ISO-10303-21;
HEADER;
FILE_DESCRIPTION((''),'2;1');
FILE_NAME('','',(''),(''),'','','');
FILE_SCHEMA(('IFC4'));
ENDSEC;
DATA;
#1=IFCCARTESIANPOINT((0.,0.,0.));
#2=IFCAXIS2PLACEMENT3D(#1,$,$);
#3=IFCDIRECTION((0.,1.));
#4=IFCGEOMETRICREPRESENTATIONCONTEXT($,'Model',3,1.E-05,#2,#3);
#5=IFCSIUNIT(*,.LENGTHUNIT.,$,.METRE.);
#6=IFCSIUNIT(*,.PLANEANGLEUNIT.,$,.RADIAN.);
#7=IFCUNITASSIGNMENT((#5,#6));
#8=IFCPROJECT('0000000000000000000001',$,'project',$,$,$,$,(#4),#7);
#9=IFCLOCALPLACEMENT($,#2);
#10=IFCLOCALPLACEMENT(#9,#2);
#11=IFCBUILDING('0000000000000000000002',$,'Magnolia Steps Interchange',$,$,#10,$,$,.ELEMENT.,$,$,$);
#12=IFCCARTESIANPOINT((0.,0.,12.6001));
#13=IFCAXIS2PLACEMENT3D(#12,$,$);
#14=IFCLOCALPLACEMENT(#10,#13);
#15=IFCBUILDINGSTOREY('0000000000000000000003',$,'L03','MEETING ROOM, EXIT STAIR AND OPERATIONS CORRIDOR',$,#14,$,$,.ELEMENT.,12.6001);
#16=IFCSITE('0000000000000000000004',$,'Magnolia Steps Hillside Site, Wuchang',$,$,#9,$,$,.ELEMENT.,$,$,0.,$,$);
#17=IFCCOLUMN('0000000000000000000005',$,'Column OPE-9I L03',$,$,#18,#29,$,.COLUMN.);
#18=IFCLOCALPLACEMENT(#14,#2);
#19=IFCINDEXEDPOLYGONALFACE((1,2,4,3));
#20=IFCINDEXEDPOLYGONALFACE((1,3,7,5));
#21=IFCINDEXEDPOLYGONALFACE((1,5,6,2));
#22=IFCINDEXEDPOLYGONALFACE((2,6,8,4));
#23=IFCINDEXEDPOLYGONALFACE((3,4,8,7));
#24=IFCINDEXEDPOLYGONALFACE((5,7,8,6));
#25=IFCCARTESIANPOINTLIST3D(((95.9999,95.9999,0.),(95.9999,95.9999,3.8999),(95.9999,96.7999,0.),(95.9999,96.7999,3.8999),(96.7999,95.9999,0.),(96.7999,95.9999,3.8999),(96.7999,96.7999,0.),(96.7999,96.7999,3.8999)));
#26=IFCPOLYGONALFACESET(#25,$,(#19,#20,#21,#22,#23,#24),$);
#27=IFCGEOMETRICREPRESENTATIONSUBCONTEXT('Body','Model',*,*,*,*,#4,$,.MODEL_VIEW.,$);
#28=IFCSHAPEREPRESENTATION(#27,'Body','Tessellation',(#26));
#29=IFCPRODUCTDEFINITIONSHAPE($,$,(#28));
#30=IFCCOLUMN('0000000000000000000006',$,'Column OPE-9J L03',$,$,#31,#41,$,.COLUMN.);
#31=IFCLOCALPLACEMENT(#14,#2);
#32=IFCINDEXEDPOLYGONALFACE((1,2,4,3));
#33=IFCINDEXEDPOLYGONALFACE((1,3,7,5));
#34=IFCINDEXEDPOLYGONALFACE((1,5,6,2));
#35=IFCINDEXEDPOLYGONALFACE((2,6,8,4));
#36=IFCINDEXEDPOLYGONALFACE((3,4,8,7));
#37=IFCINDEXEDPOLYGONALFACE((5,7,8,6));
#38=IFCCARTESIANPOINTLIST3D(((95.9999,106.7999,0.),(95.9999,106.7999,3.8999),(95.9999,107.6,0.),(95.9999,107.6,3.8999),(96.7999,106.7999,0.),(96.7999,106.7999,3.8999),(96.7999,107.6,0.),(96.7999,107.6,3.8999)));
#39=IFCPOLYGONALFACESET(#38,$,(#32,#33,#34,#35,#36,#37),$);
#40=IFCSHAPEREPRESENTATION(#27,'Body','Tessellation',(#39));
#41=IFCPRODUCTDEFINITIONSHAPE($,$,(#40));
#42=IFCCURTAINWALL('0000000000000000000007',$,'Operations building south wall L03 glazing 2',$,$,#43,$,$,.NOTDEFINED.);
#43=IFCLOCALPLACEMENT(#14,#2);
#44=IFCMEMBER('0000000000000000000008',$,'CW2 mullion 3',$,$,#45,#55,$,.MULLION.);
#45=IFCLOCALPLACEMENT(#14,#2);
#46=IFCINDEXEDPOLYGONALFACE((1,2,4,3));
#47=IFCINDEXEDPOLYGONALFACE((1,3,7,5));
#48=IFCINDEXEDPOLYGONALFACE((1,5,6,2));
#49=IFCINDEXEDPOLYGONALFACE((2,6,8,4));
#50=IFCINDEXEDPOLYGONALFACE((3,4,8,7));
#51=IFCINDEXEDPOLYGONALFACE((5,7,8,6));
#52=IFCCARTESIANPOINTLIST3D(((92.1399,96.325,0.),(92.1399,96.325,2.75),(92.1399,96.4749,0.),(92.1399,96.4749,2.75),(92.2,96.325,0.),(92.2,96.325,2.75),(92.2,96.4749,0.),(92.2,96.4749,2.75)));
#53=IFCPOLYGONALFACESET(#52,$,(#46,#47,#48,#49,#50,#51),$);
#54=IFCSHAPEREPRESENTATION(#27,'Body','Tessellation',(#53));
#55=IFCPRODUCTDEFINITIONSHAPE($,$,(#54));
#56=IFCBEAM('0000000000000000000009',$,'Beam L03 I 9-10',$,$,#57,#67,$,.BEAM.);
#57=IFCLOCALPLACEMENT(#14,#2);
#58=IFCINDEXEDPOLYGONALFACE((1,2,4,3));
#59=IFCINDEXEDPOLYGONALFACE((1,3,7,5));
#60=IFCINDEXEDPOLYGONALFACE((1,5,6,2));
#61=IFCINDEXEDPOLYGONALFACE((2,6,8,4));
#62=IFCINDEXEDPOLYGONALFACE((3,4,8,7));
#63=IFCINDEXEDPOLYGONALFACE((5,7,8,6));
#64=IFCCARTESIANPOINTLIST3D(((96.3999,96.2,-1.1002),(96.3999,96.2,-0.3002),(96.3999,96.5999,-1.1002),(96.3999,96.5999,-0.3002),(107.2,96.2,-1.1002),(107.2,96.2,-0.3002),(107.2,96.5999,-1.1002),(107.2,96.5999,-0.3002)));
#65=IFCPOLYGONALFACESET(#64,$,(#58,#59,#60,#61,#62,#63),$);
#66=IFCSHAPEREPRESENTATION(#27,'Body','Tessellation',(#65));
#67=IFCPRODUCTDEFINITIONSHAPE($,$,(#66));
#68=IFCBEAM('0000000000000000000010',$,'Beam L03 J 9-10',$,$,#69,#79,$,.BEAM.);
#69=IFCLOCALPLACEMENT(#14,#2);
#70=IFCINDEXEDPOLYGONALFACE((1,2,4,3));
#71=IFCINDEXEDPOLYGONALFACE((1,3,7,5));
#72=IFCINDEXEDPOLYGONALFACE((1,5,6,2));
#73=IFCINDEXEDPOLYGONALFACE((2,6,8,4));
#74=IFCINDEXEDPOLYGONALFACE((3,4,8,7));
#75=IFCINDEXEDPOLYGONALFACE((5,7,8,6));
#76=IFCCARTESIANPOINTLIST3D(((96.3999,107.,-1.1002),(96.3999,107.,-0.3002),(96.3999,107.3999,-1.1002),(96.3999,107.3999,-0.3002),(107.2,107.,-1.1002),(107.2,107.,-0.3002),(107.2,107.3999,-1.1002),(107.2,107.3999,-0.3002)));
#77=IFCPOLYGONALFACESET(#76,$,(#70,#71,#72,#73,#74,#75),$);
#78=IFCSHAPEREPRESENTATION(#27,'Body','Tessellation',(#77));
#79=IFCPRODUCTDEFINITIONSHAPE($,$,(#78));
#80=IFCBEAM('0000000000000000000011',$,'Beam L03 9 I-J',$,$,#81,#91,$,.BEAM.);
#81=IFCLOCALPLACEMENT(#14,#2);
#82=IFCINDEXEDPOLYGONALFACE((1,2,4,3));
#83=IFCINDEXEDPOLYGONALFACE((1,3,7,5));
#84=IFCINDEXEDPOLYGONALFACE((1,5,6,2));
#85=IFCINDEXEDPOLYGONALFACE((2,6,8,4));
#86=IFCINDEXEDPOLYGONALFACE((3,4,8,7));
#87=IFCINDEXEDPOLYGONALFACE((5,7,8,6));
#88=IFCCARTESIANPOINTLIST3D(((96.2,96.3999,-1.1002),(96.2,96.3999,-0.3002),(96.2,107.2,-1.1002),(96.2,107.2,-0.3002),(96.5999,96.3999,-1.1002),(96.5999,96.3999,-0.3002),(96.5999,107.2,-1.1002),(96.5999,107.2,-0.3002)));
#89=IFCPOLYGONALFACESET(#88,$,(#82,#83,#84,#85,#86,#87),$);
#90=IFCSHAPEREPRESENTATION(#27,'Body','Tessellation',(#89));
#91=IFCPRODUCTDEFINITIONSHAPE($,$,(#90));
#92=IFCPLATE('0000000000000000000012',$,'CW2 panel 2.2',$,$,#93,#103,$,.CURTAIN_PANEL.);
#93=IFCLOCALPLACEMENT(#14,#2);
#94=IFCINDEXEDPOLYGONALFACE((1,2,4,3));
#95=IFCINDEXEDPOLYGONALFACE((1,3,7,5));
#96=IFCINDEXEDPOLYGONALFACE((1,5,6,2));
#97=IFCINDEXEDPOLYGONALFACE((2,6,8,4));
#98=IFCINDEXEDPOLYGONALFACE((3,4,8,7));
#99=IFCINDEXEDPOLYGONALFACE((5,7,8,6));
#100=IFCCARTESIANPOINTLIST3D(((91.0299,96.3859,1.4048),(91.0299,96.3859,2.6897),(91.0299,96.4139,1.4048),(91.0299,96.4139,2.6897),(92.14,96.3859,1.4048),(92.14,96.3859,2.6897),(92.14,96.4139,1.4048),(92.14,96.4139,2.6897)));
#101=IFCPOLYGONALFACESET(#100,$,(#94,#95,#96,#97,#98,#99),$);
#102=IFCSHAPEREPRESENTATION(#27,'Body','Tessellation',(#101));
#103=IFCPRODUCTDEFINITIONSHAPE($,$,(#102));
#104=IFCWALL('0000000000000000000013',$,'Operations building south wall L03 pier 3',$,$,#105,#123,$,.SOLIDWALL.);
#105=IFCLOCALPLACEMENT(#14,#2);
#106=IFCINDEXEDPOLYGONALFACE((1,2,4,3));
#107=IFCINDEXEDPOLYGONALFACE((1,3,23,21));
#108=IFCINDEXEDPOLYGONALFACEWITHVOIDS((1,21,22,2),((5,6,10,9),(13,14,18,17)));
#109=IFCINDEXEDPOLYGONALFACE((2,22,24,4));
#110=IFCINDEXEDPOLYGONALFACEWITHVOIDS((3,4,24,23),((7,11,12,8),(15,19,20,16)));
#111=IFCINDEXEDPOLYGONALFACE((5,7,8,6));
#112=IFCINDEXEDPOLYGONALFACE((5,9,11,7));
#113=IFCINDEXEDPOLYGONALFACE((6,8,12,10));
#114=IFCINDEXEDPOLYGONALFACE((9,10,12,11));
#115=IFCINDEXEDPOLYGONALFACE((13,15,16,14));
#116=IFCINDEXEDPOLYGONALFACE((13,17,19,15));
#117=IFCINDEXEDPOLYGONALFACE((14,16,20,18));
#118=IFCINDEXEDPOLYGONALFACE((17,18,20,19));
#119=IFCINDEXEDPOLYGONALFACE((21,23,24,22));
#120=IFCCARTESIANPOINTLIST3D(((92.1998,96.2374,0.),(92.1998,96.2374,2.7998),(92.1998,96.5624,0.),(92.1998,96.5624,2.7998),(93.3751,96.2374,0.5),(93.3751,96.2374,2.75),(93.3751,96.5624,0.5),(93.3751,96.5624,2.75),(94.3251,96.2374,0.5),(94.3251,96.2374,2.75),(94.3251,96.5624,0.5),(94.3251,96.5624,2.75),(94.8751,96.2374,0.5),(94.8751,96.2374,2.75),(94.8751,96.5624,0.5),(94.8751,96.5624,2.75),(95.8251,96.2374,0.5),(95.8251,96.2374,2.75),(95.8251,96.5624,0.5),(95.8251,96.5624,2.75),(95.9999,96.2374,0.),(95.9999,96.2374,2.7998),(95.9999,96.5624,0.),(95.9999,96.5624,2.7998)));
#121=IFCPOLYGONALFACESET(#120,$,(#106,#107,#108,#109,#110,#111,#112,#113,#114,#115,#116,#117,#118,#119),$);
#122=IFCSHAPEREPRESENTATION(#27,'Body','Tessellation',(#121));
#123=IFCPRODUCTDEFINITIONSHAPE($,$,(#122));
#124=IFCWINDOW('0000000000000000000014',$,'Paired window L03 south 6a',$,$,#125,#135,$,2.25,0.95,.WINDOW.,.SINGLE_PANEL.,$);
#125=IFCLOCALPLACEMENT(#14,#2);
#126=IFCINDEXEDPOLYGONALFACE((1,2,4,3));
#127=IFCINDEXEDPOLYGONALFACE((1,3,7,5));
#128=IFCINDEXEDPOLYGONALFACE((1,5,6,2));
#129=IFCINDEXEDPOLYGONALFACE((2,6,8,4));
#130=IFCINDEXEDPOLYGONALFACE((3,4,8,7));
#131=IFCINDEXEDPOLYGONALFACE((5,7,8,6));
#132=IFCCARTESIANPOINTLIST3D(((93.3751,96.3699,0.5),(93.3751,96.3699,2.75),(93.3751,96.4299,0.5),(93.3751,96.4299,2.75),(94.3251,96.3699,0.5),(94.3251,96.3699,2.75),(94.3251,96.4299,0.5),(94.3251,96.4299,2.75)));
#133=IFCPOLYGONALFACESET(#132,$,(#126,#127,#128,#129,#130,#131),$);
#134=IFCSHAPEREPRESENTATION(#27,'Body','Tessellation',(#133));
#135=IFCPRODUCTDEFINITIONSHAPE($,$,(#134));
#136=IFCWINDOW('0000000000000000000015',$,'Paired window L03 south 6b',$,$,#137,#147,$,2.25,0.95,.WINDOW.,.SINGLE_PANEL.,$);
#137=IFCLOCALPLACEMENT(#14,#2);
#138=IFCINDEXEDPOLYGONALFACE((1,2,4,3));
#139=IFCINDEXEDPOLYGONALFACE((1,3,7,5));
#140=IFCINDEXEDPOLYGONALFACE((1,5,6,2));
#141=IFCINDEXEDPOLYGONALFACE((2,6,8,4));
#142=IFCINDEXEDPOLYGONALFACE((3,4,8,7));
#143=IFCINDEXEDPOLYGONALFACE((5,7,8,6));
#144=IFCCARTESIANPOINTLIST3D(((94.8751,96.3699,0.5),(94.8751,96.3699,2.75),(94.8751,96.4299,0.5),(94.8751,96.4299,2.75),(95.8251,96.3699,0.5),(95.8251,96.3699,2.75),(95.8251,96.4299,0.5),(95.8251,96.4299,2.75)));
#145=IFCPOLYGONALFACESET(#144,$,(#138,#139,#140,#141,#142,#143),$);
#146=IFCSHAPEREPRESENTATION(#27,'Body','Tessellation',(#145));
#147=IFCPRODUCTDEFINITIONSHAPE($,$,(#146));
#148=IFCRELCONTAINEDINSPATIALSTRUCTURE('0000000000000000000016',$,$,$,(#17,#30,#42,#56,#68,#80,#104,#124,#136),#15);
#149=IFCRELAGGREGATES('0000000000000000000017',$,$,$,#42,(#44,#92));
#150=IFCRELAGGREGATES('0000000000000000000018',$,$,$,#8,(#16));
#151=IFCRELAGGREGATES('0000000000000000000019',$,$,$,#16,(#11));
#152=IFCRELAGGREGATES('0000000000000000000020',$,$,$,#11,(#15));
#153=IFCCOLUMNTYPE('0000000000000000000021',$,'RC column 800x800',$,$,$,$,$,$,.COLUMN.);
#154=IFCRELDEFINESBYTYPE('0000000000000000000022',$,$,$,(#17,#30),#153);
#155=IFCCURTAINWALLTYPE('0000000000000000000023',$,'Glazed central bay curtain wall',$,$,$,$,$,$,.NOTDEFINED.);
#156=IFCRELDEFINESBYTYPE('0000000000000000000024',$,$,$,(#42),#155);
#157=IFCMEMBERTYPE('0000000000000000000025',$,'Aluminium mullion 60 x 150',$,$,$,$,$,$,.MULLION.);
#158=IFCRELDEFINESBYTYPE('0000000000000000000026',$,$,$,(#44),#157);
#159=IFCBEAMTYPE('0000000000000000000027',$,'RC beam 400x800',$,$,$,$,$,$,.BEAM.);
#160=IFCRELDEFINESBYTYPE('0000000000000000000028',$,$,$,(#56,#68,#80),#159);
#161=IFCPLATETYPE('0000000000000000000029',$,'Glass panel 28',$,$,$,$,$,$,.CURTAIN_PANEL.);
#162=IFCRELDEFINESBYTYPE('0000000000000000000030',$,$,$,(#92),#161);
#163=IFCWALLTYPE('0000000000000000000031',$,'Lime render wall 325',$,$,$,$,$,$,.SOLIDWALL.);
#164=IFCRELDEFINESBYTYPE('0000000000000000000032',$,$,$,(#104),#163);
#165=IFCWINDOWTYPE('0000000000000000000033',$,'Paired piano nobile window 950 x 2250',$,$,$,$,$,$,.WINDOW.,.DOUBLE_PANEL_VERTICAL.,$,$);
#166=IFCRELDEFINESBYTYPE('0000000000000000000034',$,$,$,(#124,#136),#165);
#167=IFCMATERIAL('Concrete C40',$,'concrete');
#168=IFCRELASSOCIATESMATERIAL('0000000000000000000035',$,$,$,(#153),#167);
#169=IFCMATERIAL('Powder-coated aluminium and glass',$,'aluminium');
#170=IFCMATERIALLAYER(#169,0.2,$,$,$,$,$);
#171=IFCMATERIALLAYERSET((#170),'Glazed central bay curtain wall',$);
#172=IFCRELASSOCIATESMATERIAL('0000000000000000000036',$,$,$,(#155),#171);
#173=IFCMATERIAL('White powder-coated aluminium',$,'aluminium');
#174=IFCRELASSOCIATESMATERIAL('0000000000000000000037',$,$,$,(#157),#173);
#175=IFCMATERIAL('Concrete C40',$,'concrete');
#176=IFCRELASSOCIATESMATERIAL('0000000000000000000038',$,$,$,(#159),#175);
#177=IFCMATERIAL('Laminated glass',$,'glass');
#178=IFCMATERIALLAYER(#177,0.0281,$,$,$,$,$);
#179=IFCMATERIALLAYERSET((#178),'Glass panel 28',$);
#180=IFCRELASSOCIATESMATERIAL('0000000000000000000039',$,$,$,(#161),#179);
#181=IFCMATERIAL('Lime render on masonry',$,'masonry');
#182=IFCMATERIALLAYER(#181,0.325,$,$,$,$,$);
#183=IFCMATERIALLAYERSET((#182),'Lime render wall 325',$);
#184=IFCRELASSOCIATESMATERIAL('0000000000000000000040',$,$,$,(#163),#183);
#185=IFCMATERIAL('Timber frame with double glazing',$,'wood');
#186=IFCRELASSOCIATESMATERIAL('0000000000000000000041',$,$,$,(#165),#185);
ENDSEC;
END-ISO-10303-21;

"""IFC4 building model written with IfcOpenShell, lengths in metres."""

from ifc_helpers import new_model, si_unit, direction, frame, frame_2d, origin, origin_2d, place, context, subcontext, project, spatial, rectangle, extrude, material, layer, layer_set, material_profile, profile_set, type_object, element, fill, aggregate, save


model = new_model("IFC4")

# Units and contexts
model_context = context("Model", 3, precision=1e-05, world=origin(), true_north=direction((0.0, 1.0)))
body_context = subcontext(model_context, "Body", "Model", "MODEL_VIEW")
ifc_project = project(units=[si_unit("LENGTHUNIT", "METRE"), si_unit("PLANEANGLEUNIT", "RADIAN")], contexts=[model_context])

# Site, building, storey
site_placement = place(None, origin())
site = spatial("IfcSite", under=ifc_project, at=site_placement, Name="Magnolia Steps Hillside Site, Wuchang", CompositionType="ELEMENT", RefElevation=0.0)
building_placement = place(site_placement, origin())
building = spatial("IfcBuilding", under=site, at=building_placement, Name="Magnolia Steps Interchange", CompositionType="ELEMENT")
storey_placement = place(building_placement, frame((0.0, 0.0, 12.6001)))
storey = spatial("IfcBuildingStorey", under=building, at=storey_placement, Name="L03", Description="MEETING ROOM, EXIT STAIR AND OPERATIONS CORRIDOR", CompositionType="ELEMENT", Elevation=12.6001)

# Columns
ifc_material_1 = material(Name="Concrete C40", Category="concrete")
ifc_material_profile_1 = material_profile(ifc_material_1, rectangle(XDim=0.8, YDim=0.8, at=origin_2d()), Name="RC800x800")
ifc_profile_set_1 = profile_set([ifc_material_profile_1], Name="Concrete C40")
column_type = type_object("IfcColumnType", Name="RC column 800x800", PredefinedType="COLUMN", material=ifc_profile_set_1)
for number, where, z_axis, x_axis, name in (
    (1, (96.3999, 96.3999, 0.0), (0.0, 0.0, 1.0), (1.0, 0.0, 0.0), "Column OPE-9I L03"),
    (2, (96.3999, 107.2, 0.0), (0.0, 0.0, 1.0), (1.0, 0.0, 0.0), "Column OPE-9J L03"),
):
    element("IfcColumn", number, at=place(storey_placement, frame(where, z_axis=z_axis, x_axis=x_axis)), inside=storey, type_object=column_type, Name=name, PredefinedType="COLUMN", context=body_context, shape_type="SweptSolid", body=[
        extrude(rectangle(XDim=0.8, YDim=0.8, at=origin_2d()), origin(), (0.0, 0.0, 1.0), 3.8999),
    ])

# Curtain wall, member
ifc_material_2 = material(Name="Powder-coated aluminium and glass", Category="aluminium")
ifc_layer_1 = layer(ifc_material_2, 0.2)
ifc_layer_set_1 = layer_set([ifc_layer_1], Name="Glazed central bay curtain wall")
curtain_wall_type = type_object("IfcCurtainWallType", Name="Glazed central bay curtain wall", PredefinedType="NOTDEFINED", material=ifc_layer_set_1)
curtain_wall_placement = place(storey_placement, origin())
curtain_wall = element("IfcCurtainWall", 3, at=curtain_wall_placement, inside=storey, type_object=curtain_wall_type, Name="Operations building south wall L03 glazing 2", PredefinedType="NOTDEFINED")
ifc_material_3 = material(Name="White powder-coated aluminium", Category="aluminium")
ifc_material_profile_2 = material_profile(ifc_material_3, rectangle(XDim=0.0601, YDim=0.1499, at=origin_2d()), Name="Aluminium mullion 60 x 150")
ifc_profile_set_2 = profile_set([ifc_material_profile_2], Name="White powder-coated aluminium")
member_type = type_object("IfcMemberType", Name="Aluminium mullion 60 x 150", PredefinedType="MULLION", material=ifc_profile_set_2)
member_placement = place(storey_placement, frame((92.1699, 96.3999, 0.0), z_axis=(0.0, 0.0, 1.0), x_axis=(1.0, 0.0, 0.0)))
member = element("IfcMember", 4, at=member_placement, type_object=member_type, Name="CW2 mullion 3", PredefinedType="MULLION", context=body_context, shape_type="SweptSolid", body=[
    extrude(rectangle(XDim=0.0601, YDim=0.1499, at=origin_2d()), origin(), (0.0, 0.0, 1.0), 2.75),
])

# Beams
ifc_material_4 = material(Name="Concrete C40", Category="concrete")
ifc_material_profile_3 = material_profile(ifc_material_4, rectangle(XDim=0.3999, YDim=0.8, at=origin_2d()), Name="RC400x800")
ifc_profile_set_3 = profile_set([ifc_material_profile_3], Name="Concrete C40")
beam_type = type_object("IfcBeamType", Name="RC beam 400x800", PredefinedType="BEAM", material=ifc_profile_set_3)
for number, where, z_axis, x_axis, name in (
    (5, (96.3999, 96.3999, -0.7002), (1.0, 0.0, 0.0), (0.0, 1.0, 0.0), "Beam L03 I 9-10"),
    (6, (96.3999, 107.2, -0.7002), (1.0, 0.0, 0.0), (0.0, 1.0, 0.0), "Beam L03 J 9-10"),
    (7, (96.3999, 96.3999, -0.7002), (0.0, 1.0, 0.0), (-1.0, 0.0, 0.0), "Beam L03 9 I-J"),
):
    element("IfcBeam", number, at=place(storey_placement, frame(where, z_axis=z_axis, x_axis=x_axis)), inside=storey, type_object=beam_type, Name=name, PredefinedType="BEAM", context=body_context, shape_type="SweptSolid", body=[
        extrude(rectangle(XDim=0.3999, YDim=0.8, at=origin_2d()), origin(), (0.0, 0.0, 1.0), 10.8),
    ])

# Plate
ifc_material_5 = material(Name="Laminated glass", Category="glass")
ifc_layer_2 = layer(ifc_material_5, 0.0281)
ifc_layer_set_2 = layer_set([ifc_layer_2], Name="Glass panel 28")
plate_type = type_object("IfcPlateType", Name="Glass panel 28", PredefinedType="CURTAIN_PANEL", material=ifc_layer_set_2)
plate_placement = place(storey_placement, frame((91.585, 96.3999, 1.4048), z_axis=(0.0, 0.0, 1.0), x_axis=(1.0, 0.0, 0.0)))
plate = element("IfcPlate", 8, at=plate_placement, type_object=plate_type, Name="CW2 panel 2.2", PredefinedType="CURTAIN_PANEL", context=body_context, shape_type="SweptSolid", body=[
    extrude(rectangle(XDim=1.1101, YDim=0.0281, at=origin_2d()), origin(), (0.0, 0.0, 1.0), 1.2849),
])
aggregate(curtain_wall, [member, plate])

# Wall, openings, windows
ifc_material_6 = material(Name="Lime render on masonry", Category="masonry")
ifc_layer_3 = layer(ifc_material_6, 0.325)
ifc_layer_set_3 = layer_set([ifc_layer_3], Name="Lime render wall 325")
wall_type_1 = type_object("IfcWallType", Name="Lime render wall 325", PredefinedType="SOLIDWALL", material=ifc_layer_set_3)
wall_1_placement = place(storey_placement, frame((92.2, 96.3999, 0.0), z_axis=(0.0, 0.0, 1.0), x_axis=(1.0, 0.0, 0.0)))
wall_1 = element("IfcWall", 9, at=wall_1_placement, inside=storey, type_object=wall_type_1, Name="Operations building south wall L03 pier 3", PredefinedType="SOLIDWALL", context=body_context, shape_type="SweptSolid", body=[
    extrude(rectangle(XDim=3.8, YDim=0.325, at=frame_2d((1.8999, 0.0))), origin(), (0.0, 0.0, 1.0), 2.7998),
])
opening_1_placement = place(wall_1_placement, frame((1.175, 0.0, 0.5)))
opening_1 = element("IfcOpeningElement", 10, at=opening_1_placement, cuts=wall_1, PredefinedType="OPENING", context=body_context, shape_type="SweptSolid", body=[
    extrude(rectangle(XDim=0.95, YDim=2.25, at=frame_2d((0.4751, 1.125))), frame((0.0, 0.1724, 0.0), z_axis=(0.0, -1.0, 0.0), x_axis=(1.0, 0.0, 0.0)), (0.0, 0.0, 1.0), 0.345),
])
opening_2_placement = place(wall_1_placement, frame((2.675, 0.0, 0.5)))
opening_2 = element("IfcOpeningElement", 11, at=opening_2_placement, cuts=wall_1, PredefinedType="OPENING", context=body_context, shape_type="SweptSolid", body=[
    extrude(rectangle(XDim=0.95, YDim=2.25, at=frame_2d((0.4751, 1.125))), frame((0.0, 0.1724, 0.0), z_axis=(0.0, -1.0, 0.0), x_axis=(1.0, 0.0, 0.0)), (0.0, 0.0, 1.0), 0.345),
])
ifc_material_7 = material(Name="Timber frame with double glazing", Category="wood")
window_type = type_object("IfcWindowType", Name="Paired piano nobile window 950 x 2250", PartitioningType="DOUBLE_PANEL_VERTICAL", PredefinedType="WINDOW", material=ifc_material_7)
window_1_placement = place(opening_1_placement, origin())
window_1 = element("IfcWindow", 12, at=window_1_placement, inside=storey, type_object=window_type, Name="Paired window L03 south 6a", OverallHeight=2.25, OverallWidth=0.95, PartitioningType="SINGLE_PANEL", PredefinedType="WINDOW", context=body_context, shape_type="SweptSolid", body=[
    extrude(rectangle(XDim=0.95, YDim=2.25, at=frame_2d((0.4751, 1.125))), frame((0.0, 0.03, 0.0), z_axis=(0.0, -1.0, 0.0), x_axis=(1.0, 0.0, 0.0)), (0.0, 0.0, 1.0), 0.0601),
])
fill(opening_1, window_1)
window_2_placement = place(opening_2_placement, origin())
window_2 = element("IfcWindow", 13, at=window_2_placement, inside=storey, type_object=window_type, Name="Paired window L03 south 6b", OverallHeight=2.25, OverallWidth=0.95, PartitioningType="SINGLE_PANEL", PredefinedType="WINDOW", context=body_context, shape_type="SweptSolid", body=[
    extrude(rectangle(XDim=0.95, YDim=2.25, at=frame_2d((0.4751, 1.125))), frame((0.0, 0.03, 0.0), z_axis=(0.0, -1.0, 0.0), x_axis=(1.0, 0.0, 0.0)), (0.0, 0.0, 1.0), 0.0601),
])
fill(opening_2, window_2)

save(model, "model.ifc")
